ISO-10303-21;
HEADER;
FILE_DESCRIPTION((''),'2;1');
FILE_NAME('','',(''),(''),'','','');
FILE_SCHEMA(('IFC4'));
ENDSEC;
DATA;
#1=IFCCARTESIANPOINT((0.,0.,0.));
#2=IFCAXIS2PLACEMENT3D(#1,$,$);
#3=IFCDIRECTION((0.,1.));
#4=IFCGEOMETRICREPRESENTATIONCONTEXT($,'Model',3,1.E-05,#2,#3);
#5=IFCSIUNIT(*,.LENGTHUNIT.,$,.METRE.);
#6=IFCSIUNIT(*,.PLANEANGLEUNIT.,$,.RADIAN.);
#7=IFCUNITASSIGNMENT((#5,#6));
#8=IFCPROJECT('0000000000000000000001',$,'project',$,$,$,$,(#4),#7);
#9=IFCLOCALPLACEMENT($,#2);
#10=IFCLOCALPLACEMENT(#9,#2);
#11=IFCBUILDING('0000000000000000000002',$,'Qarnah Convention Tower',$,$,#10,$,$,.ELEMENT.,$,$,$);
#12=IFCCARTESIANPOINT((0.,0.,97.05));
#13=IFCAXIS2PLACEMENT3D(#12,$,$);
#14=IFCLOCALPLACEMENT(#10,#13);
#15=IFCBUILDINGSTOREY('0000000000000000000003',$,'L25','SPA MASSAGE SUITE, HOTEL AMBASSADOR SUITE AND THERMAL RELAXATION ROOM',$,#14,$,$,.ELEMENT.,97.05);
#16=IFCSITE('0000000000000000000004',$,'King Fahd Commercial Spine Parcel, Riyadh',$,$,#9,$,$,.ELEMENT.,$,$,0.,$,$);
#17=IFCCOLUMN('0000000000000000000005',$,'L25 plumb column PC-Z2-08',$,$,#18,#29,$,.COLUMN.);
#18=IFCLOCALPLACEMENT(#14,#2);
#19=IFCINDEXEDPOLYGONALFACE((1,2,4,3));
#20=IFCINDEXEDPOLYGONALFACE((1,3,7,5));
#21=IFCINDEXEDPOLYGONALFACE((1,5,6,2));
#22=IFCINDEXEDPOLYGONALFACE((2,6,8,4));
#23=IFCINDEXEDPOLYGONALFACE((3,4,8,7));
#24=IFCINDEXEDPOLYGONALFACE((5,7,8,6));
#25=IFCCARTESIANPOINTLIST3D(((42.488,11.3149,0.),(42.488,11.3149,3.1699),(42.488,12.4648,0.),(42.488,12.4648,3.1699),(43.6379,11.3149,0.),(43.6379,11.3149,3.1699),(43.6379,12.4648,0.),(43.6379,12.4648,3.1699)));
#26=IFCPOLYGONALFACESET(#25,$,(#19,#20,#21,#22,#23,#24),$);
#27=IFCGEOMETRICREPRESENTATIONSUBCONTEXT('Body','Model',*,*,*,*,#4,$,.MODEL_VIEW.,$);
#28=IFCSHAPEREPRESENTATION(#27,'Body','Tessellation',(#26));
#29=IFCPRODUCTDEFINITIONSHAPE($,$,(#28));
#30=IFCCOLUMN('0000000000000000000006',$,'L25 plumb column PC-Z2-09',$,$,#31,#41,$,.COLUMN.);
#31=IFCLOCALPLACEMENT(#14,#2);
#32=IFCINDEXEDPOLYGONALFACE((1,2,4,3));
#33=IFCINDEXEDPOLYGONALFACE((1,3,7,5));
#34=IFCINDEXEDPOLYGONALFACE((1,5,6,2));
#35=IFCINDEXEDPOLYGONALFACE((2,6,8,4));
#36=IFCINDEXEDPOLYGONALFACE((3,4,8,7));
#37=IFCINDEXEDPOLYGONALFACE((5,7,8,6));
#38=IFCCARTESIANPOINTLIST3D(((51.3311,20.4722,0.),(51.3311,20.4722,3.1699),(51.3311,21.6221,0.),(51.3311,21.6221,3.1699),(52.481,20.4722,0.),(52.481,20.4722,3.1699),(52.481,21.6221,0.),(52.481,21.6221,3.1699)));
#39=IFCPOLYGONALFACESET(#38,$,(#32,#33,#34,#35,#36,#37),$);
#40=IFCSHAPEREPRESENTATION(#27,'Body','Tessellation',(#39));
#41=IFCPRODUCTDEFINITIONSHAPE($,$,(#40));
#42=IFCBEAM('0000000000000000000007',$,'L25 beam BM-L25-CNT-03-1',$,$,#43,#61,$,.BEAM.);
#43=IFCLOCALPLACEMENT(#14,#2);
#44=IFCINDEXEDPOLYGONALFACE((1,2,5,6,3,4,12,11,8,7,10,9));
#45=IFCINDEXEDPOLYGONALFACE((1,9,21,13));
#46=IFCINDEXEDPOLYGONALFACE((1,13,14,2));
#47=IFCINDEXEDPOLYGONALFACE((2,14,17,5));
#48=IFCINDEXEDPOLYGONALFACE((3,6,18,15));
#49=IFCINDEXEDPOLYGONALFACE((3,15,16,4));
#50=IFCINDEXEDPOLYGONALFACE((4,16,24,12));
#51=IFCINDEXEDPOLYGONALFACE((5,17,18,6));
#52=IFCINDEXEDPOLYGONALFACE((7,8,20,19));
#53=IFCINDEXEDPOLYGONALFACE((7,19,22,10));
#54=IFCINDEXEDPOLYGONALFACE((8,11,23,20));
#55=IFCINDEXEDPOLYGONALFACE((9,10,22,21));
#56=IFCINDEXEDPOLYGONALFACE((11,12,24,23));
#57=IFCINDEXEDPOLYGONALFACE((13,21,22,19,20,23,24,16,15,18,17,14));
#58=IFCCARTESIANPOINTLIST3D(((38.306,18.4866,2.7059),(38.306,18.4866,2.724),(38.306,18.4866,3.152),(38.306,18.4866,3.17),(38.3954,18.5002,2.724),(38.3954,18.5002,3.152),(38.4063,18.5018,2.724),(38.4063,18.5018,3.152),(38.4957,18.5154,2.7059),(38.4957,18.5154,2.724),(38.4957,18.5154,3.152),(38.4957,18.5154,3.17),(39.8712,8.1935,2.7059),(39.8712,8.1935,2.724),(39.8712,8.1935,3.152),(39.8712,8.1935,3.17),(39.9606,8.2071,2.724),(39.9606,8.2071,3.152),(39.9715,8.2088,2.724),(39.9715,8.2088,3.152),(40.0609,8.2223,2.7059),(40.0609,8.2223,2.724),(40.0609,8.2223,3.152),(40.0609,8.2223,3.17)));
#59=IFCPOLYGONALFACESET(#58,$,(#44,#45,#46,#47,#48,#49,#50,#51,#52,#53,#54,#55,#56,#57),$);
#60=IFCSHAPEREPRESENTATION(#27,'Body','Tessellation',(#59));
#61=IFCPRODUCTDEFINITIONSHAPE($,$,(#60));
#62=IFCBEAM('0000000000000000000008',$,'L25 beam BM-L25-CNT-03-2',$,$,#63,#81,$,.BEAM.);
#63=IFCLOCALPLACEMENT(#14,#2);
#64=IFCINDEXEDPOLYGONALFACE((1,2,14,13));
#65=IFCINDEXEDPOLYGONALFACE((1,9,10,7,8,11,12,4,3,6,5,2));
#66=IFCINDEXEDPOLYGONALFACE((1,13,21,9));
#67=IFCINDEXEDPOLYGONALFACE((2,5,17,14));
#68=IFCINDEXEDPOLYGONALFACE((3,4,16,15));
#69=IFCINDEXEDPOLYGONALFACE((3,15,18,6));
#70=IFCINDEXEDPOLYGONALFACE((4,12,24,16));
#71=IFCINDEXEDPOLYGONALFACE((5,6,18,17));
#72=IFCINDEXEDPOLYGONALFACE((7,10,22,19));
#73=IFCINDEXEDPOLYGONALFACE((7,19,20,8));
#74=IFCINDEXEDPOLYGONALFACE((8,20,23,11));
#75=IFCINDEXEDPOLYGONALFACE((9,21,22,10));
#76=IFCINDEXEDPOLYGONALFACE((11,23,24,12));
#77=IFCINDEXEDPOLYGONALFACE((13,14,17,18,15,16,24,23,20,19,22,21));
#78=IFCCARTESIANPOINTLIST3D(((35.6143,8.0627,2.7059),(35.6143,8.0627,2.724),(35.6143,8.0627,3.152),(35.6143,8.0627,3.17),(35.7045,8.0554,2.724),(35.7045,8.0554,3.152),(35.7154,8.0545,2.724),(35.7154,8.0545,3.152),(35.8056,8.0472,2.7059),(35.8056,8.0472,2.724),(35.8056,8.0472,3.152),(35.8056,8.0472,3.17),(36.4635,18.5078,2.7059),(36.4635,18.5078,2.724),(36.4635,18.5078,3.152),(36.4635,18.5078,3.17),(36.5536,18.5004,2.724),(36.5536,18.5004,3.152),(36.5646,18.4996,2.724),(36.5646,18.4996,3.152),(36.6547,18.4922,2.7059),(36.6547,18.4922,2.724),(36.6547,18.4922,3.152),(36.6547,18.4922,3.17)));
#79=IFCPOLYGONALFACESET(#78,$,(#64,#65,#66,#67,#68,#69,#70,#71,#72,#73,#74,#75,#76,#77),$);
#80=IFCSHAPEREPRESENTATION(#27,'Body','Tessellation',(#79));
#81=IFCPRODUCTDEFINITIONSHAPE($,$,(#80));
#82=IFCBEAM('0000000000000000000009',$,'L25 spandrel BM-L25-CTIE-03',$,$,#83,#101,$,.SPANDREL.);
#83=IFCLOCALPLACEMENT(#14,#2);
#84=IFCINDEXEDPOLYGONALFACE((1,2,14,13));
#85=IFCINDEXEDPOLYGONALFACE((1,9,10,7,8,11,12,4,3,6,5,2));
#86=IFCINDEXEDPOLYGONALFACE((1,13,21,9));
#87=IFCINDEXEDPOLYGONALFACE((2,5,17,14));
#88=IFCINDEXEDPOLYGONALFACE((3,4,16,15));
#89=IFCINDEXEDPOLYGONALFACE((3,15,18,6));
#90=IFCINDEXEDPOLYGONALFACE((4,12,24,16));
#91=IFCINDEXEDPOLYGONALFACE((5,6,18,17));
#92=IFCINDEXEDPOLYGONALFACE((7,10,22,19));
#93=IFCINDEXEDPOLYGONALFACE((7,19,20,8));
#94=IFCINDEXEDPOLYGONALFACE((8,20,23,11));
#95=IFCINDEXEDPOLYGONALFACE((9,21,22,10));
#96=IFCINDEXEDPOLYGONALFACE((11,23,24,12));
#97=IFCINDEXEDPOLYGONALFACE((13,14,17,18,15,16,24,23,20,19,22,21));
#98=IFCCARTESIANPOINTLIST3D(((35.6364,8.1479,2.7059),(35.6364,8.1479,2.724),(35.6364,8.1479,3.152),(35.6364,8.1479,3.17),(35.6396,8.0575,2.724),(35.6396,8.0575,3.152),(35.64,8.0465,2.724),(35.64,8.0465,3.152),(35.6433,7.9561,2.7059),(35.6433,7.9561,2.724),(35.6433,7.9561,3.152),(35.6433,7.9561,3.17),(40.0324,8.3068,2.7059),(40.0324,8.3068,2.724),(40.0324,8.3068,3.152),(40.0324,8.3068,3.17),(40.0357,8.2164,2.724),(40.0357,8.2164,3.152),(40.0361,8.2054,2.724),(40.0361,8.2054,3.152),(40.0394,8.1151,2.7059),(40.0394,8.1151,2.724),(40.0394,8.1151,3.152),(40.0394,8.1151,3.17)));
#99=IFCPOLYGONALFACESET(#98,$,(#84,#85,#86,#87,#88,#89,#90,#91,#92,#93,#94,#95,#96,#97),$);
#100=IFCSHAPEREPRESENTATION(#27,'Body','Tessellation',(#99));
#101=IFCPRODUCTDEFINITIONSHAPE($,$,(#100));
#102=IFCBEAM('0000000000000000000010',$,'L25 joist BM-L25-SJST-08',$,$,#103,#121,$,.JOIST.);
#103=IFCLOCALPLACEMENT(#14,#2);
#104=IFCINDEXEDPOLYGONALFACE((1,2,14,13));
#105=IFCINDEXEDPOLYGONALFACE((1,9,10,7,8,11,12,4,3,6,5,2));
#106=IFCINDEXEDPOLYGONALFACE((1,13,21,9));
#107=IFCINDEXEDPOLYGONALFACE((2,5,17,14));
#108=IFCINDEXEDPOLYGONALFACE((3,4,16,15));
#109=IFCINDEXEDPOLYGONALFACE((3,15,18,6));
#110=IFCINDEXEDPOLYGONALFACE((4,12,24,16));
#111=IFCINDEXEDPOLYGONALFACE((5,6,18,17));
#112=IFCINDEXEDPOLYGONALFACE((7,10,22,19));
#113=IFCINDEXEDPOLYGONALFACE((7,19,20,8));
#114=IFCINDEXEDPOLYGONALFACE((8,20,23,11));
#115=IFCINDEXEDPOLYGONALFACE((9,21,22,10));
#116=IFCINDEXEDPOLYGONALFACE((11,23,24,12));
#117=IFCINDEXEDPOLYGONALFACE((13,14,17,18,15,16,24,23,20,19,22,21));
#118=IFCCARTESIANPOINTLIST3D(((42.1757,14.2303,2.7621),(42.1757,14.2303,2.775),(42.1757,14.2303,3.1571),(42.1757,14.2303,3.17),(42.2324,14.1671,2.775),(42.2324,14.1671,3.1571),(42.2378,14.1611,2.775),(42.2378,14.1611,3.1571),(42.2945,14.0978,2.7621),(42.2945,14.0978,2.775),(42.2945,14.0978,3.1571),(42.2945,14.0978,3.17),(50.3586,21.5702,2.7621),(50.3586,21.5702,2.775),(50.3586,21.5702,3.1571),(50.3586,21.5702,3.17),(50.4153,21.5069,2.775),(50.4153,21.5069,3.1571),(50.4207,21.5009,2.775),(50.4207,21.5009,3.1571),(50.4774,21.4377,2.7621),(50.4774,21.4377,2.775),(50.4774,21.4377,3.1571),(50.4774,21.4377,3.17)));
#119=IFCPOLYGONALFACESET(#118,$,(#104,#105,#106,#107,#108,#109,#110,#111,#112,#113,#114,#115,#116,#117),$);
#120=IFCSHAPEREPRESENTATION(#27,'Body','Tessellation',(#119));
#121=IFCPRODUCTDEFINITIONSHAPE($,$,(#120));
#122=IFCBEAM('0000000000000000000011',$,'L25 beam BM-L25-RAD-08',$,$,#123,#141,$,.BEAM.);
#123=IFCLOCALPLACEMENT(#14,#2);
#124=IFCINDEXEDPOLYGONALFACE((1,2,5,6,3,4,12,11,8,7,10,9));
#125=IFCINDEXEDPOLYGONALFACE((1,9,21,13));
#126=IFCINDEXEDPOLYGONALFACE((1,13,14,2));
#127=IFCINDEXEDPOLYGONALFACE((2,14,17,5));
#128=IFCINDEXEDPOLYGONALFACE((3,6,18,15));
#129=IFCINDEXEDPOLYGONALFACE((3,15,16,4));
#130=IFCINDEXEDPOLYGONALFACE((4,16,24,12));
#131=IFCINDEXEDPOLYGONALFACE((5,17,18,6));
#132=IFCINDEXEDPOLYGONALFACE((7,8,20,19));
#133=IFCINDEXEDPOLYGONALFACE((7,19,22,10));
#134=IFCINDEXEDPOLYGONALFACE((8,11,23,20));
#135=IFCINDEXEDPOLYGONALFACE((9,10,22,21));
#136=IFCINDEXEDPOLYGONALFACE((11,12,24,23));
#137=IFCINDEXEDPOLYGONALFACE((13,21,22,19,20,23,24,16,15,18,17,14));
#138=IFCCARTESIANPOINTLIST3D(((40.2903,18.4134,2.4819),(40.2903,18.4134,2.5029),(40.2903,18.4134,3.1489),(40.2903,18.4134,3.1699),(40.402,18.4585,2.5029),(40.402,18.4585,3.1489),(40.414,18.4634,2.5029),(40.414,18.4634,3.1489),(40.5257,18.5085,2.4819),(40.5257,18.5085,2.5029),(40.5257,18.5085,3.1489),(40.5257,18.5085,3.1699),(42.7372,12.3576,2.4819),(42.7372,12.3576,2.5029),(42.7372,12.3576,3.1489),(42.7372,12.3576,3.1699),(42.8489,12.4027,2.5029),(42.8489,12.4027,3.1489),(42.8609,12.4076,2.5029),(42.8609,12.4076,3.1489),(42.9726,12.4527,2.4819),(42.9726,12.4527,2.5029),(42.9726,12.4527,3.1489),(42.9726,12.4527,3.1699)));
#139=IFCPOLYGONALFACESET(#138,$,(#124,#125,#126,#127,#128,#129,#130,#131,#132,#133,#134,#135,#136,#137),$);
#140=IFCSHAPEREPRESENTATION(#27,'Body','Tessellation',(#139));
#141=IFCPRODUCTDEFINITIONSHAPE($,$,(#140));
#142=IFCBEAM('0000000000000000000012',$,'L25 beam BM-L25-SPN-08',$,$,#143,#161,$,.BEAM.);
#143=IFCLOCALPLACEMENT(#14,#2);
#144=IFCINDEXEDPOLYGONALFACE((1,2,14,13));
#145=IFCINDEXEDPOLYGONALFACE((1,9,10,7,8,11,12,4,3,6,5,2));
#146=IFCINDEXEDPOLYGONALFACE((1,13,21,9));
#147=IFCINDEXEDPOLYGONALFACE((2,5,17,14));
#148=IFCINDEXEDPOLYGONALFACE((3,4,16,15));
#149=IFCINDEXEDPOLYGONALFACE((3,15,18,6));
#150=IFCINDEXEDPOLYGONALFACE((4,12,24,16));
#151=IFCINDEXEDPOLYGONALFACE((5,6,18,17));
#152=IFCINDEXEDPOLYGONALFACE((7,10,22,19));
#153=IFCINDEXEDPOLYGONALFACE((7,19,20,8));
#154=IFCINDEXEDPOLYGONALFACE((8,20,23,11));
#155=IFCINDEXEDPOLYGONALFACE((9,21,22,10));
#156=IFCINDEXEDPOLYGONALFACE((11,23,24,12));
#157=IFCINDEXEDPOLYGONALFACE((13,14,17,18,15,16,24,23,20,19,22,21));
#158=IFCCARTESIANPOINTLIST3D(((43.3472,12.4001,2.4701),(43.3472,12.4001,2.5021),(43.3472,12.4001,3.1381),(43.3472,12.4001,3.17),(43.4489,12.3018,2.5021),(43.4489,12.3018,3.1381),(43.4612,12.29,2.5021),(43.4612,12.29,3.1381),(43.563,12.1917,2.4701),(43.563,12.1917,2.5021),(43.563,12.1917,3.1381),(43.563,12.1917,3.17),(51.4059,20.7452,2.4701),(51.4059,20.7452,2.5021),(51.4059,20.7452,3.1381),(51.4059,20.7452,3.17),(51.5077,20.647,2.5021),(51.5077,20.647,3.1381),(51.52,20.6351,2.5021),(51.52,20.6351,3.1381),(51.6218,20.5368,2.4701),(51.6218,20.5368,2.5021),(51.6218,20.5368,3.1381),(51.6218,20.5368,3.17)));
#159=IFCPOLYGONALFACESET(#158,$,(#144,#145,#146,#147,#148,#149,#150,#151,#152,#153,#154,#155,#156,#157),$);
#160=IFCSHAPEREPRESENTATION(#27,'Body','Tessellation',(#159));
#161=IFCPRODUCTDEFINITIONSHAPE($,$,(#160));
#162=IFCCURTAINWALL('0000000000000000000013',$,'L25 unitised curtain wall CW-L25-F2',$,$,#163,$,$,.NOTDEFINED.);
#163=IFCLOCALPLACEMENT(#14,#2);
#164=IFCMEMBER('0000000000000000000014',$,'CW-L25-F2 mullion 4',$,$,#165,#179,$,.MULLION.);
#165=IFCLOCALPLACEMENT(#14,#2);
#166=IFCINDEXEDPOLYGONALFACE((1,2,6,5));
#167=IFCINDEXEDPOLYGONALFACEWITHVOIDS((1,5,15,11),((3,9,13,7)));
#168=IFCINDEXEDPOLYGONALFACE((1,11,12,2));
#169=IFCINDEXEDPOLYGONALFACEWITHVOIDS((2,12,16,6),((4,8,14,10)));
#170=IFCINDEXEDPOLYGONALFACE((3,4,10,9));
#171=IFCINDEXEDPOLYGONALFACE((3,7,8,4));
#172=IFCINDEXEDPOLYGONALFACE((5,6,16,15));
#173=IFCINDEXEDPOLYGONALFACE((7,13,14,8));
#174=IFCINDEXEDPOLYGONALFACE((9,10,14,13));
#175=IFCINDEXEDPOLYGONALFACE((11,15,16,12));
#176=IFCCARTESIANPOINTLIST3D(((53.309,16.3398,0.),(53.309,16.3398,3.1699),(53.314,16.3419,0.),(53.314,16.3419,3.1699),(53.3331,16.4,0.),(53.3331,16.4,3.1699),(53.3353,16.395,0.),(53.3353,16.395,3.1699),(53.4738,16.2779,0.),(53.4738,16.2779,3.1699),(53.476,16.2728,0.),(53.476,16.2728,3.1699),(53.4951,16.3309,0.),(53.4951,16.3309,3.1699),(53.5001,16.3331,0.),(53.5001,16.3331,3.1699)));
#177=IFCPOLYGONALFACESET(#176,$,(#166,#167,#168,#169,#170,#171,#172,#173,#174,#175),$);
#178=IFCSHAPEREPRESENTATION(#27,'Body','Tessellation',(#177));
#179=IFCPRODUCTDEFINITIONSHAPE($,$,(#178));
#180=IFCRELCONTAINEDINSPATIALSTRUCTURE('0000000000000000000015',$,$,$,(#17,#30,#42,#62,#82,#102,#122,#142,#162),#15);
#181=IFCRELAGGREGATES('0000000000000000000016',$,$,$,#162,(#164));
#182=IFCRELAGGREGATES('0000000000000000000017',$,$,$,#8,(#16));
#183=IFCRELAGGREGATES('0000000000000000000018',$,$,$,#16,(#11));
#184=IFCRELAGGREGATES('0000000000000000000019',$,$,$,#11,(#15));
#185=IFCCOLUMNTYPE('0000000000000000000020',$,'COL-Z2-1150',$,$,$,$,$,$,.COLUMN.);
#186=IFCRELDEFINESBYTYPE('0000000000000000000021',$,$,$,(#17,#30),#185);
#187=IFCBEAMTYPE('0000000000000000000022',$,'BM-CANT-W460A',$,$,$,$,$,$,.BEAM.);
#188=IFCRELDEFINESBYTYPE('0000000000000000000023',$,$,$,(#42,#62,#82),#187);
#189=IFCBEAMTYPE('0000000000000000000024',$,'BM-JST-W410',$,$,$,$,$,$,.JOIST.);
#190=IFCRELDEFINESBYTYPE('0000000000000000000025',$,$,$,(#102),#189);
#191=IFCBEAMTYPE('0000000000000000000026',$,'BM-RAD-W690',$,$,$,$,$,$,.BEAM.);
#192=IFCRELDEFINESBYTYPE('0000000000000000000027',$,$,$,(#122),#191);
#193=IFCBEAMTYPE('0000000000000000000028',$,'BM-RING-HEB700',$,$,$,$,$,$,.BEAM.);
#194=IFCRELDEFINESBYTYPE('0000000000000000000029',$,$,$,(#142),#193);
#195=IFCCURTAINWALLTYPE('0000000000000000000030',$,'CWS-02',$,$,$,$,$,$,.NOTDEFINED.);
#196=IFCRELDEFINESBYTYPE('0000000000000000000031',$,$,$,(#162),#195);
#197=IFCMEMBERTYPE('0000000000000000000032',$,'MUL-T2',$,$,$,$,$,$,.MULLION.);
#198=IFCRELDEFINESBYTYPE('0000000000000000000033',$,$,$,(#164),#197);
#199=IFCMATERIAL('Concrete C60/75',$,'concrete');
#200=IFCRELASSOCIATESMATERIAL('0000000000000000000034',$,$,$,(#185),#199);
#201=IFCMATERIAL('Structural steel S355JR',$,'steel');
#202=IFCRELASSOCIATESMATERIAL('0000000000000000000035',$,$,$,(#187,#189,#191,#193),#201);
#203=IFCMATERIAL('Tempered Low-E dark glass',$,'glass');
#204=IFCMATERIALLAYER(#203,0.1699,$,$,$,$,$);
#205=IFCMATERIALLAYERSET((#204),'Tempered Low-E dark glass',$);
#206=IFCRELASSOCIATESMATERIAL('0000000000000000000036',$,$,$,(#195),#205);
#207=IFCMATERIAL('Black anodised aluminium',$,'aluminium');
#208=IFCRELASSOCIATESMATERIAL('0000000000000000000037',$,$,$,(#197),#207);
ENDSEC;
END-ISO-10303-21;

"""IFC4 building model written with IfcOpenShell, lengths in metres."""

from ifc_helpers import new_model, si_unit, direction, frame, origin, origin_2d, place, context, subcontext, project, spatial, rectangle, hollow_rectangle, i_section, extrude, material, layer, layer_set, material_profile, profile_set, type_object, element, aggregate, save


model = new_model("IFC4")

# Units and contexts
model_context = context("Model", 3, precision=1e-05, world=origin(), true_north=direction((0.0, 1.0)))
body_context = subcontext(model_context, "Body", "Model", "MODEL_VIEW")
ifc_project = project(units=[si_unit("LENGTHUNIT", "METRE"), si_unit("PLANEANGLEUNIT", "RADIAN")], contexts=[model_context])

# Site, building, storey
site_placement = place(None, origin())
site = spatial("IfcSite", under=ifc_project, at=site_placement, Name="King Fahd Commercial Spine Parcel, Riyadh", CompositionType="ELEMENT", RefElevation=0.0)
building_placement = place(site_placement, origin())
building = spatial("IfcBuilding", under=site, at=building_placement, Name="Qarnah Convention Tower", CompositionType="ELEMENT")
storey_placement = place(building_placement, frame((0.0, 0.0, 97.05)))
storey = spatial("IfcBuildingStorey", under=building, at=storey_placement, Name="L25", Description="SPA MASSAGE SUITE, HOTEL AMBASSADOR SUITE AND THERMAL RELAXATION ROOM", CompositionType="ELEMENT", Elevation=97.05)

# Columns
ifc_material_1 = material(Name="Concrete C60/75", Category="concrete")
ifc_material_profile_1 = material_profile(ifc_material_1, rectangle(XDim=1.1499, YDim=1.1499, at=origin_2d()), Name="RC-COL-1150X1150")
ifc_profile_set_1 = profile_set([ifc_material_profile_1], Name="Concrete C60/75")
column_type = type_object("IfcColumnType", Name="COL-Z2-1150", PredefinedType="COLUMN", material=ifc_profile_set_1)
for number, where, z_axis, x_axis, name in (
    (1, (43.063, 11.8899, 0.0), (0.0, 0.0, 1.0), (1.0, 0.0, 0.0), "L25 plumb column PC-Z2-08"),
    (2, (51.906, 21.0471, 0.0), (0.0, 0.0, 1.0), (1.0, 0.0, 0.0), "L25 plumb column PC-Z2-09"),
):
    element("IfcColumn", number, at=place(storey_placement, frame(where, z_axis=z_axis, x_axis=x_axis)), inside=storey, type_object=column_type, Name=name, PredefinedType="COLUMN", context=body_context, shape_type="SweptSolid", body=[
        extrude(rectangle(XDim=1.1499, YDim=1.1499, at=origin_2d()), origin(), (0.0, 0.0, 1.0), 3.1699),
    ])

# Beams
ifc_material_2 = material(Name="Structural steel S355JR", Category="steel")
ifc_material_profile_2 = material_profile(ifc_material_2, i_section(OverallWidth=0.1919, OverallDepth=0.4641, WebThickness=0.011, FlangeThickness=0.0181, at=origin_2d()), Name="W460X89")
ifc_profile_set_2 = profile_set([ifc_material_profile_2], Name="Structural steel S355JR")
beam_type_1 = type_object("IfcBeamType", Name="BM-CANT-W460A", PredefinedType="BEAM", material=ifc_profile_set_2)
beam_1_placement = place(storey_placement, frame((38.4009, 18.501, 2.938), z_axis=(0.150335, -0.988635, 0.0), x_axis=(0.988635, 0.150335, 0.0)))
element("IfcBeam", 3, at=beam_1_placement, inside=storey, type_object=beam_type_1, Name="L25 beam BM-L25-CNT-03-1", PredefinedType="BEAM", context=body_context, shape_type="SweptSolid", body=[
    extrude(i_section(OverallWidth=0.1919, OverallDepth=0.4641, WebThickness=0.011, FlangeThickness=0.0181, at=origin_2d()), origin(), (0.0, 0.0, 1.0), 10.4114),
])
beam_2_placement = place(storey_placement, frame((36.5591, 18.5, 2.938), z_axis=(-0.081027, -0.996712, 0.0), x_axis=(0.996712, -0.081027, 0.0)))
element("IfcBeam", 4, at=beam_2_placement, inside=storey, type_object=beam_type_1, Name="L25 beam BM-L25-CNT-03-2", PredefinedType="BEAM", context=body_context, shape_type="SweptSolid", body=[
    extrude(i_section(OverallWidth=0.1919, OverallDepth=0.4641, WebThickness=0.011, FlangeThickness=0.0181, at=origin_2d()), origin(), (0.0, 0.0, 1.0), 10.4795),
])
beam_3_placement = place(storey_placement, frame((40.0359, 8.2109, 2.938), z_axis=(-0.999347, -0.036131, 0.0), x_axis=(0.036131, -0.999347, 0.0)))
element("IfcBeam", 5, at=beam_3_placement, inside=storey, type_object=beam_type_1, Name="L25 spandrel BM-L25-CTIE-03", PredefinedType="SPANDREL", context=body_context, shape_type="SweptSolid", body=[
    extrude(i_section(OverallWidth=0.1919, OverallDepth=0.4641, WebThickness=0.011, FlangeThickness=0.0181, at=origin_2d()), origin(), (0.0, 0.0, 1.0), 4.3989),
])
ifc_material_profile_3 = material_profile(ifc_material_2, i_section(OverallWidth=0.178, OverallDepth=0.408, WebThickness=0.0081, FlangeThickness=0.0129, at=origin_2d()), Name="W410X60")
ifc_profile_set_3 = profile_set([ifc_material_profile_3], Name="Structural steel S355JR")
beam_type_2 = type_object("IfcBeamType", Name="BM-JST-W410", PredefinedType="JOIST", material=ifc_profile_set_3)
beam_4_placement = place(storey_placement, frame((42.2351, 14.1641, 2.9661), z_axis=(0.744412, 0.667721, 0.0), x_axis=(-0.667721, 0.744412, 0.0)))
element("IfcBeam", 6, at=beam_4_placement, inside=storey, type_object=beam_type_2, Name="L25 joist BM-L25-SJST-08", PredefinedType="JOIST", context=body_context, shape_type="SweptSolid", body=[
    extrude(i_section(OverallWidth=0.178, OverallDepth=0.408, WebThickness=0.0081, FlangeThickness=0.0129, at=origin_2d()), origin(), (0.0, 0.0, 1.0), 10.9924),
])
ifc_material_profile_4 = material_profile(ifc_material_2, i_section(OverallWidth=0.2539, OverallDepth=0.688, WebThickness=0.0129, FlangeThickness=0.021, at=origin_2d()), Name="W690X152")
ifc_profile_set_4 = profile_set([ifc_material_profile_4], Name="Structural steel S355JR")
beam_type_3 = type_object("IfcBeamType", Name="BM-RAD-W690", PredefinedType="BEAM", material=ifc_profile_set_4)
beam_5_placement = place(storey_placement, frame((40.408, 18.4609, 2.8259), z_axis=(0.374643, -0.927169, 0.0), x_axis=(0.927169, 0.374643, 0.0)))
element("IfcBeam", 7, at=beam_5_placement, inside=storey, type_object=beam_type_3, Name="L25 beam BM-L25-RAD-08", PredefinedType="BEAM", context=body_context, shape_type="SweptSolid", body=[
    extrude(i_section(OverallWidth=0.2539, OverallDepth=0.688, WebThickness=0.0129, FlangeThickness=0.021, at=origin_2d()), origin(), (0.0, 0.0, 1.0), 6.5315),
])
ifc_material_profile_5 = material_profile(ifc_material_2, i_section(OverallWidth=0.3, OverallDepth=0.7, WebThickness=0.0171, FlangeThickness=0.032, at=origin_2d()), Name="HEB700")
ifc_profile_set_5 = profile_set([ifc_material_profile_5], Name="Structural steel S355JR")
beam_type_4 = type_object("IfcBeamType", Name="BM-RING-HEB700", PredefinedType="BEAM", material=ifc_profile_set_5)
beam_6_placement = place(storey_placement, frame((43.4551, 12.2959, 2.8201), z_axis=(0.694656, 0.719342, 0.0), x_axis=(-0.719342, 0.694656, 0.0)))
element("IfcBeam", 8, at=beam_6_placement, inside=storey, type_object=beam_type_4, Name="L25 beam BM-L25-SPN-08", PredefinedType="BEAM", context=body_context, shape_type="SweptSolid", body=[
    extrude(i_section(OverallWidth=0.3, OverallDepth=0.7, WebThickness=0.0171, FlangeThickness=0.032, at=origin_2d()), origin(), (0.0, 0.0, 1.0), 11.6011),
])

# Curtain wall, member
ifc_material_3 = material(Name="Tempered Low-E dark glass", Category="glass")
ifc_layer_1 = layer(ifc_material_3, 0.1699)
ifc_layer_set_1 = layer_set([ifc_layer_1], Name="Tempered Low-E dark glass")
curtain_wall_type = type_object("IfcCurtainWallType", Name="CWS-02", PredefinedType="NOTDEFINED", material=ifc_layer_set_1)
curtain_wall_placement = place(storey_placement, origin())
curtain_wall = element("IfcCurtainWall", 9, at=curtain_wall_placement, inside=storey, type_object=curtain_wall_type, Name="L25 unitised curtain wall CW-L25-F2", PredefinedType="NOTDEFINED")
ifc_material_4 = material(Name="Black anodised aluminium", Category="aluminium")
ifc_material_profile_6 = material_profile(ifc_material_4, hollow_rectangle(XDim=0.0649, YDim=0.1799, WallThickness=0.0039, at=origin_2d()), Name="MUL-65X180")
ifc_profile_set_6 = profile_set([ifc_material_profile_6], Name="Black anodised aluminium")
member_type = type_object("IfcMemberType", Name="MUL-T2", PredefinedType="MULLION", material=ifc_profile_set_6)
member_1_placement = place(storey_placement, frame((53.4045, 16.3364, 0.0), z_axis=(0.0, 0.0, 1.0), x_axis=(-0.372028, -0.928221, 0.0)))
member_1 = element("IfcMember", 10, at=member_1_placement, type_object=member_type, Name="CW-L25-F2 mullion 4", PredefinedType="MULLION", context=body_context, shape_type="SweptSolid", body=[
    extrude(hollow_rectangle(XDim=0.0649, YDim=0.1799, WallThickness=0.0039, at=origin_2d()), origin(), (0.0, 0.0, 1.0), 3.1699),
])
aggregate(curtain_wall, [member_1])

save(model, "model.ifc")
